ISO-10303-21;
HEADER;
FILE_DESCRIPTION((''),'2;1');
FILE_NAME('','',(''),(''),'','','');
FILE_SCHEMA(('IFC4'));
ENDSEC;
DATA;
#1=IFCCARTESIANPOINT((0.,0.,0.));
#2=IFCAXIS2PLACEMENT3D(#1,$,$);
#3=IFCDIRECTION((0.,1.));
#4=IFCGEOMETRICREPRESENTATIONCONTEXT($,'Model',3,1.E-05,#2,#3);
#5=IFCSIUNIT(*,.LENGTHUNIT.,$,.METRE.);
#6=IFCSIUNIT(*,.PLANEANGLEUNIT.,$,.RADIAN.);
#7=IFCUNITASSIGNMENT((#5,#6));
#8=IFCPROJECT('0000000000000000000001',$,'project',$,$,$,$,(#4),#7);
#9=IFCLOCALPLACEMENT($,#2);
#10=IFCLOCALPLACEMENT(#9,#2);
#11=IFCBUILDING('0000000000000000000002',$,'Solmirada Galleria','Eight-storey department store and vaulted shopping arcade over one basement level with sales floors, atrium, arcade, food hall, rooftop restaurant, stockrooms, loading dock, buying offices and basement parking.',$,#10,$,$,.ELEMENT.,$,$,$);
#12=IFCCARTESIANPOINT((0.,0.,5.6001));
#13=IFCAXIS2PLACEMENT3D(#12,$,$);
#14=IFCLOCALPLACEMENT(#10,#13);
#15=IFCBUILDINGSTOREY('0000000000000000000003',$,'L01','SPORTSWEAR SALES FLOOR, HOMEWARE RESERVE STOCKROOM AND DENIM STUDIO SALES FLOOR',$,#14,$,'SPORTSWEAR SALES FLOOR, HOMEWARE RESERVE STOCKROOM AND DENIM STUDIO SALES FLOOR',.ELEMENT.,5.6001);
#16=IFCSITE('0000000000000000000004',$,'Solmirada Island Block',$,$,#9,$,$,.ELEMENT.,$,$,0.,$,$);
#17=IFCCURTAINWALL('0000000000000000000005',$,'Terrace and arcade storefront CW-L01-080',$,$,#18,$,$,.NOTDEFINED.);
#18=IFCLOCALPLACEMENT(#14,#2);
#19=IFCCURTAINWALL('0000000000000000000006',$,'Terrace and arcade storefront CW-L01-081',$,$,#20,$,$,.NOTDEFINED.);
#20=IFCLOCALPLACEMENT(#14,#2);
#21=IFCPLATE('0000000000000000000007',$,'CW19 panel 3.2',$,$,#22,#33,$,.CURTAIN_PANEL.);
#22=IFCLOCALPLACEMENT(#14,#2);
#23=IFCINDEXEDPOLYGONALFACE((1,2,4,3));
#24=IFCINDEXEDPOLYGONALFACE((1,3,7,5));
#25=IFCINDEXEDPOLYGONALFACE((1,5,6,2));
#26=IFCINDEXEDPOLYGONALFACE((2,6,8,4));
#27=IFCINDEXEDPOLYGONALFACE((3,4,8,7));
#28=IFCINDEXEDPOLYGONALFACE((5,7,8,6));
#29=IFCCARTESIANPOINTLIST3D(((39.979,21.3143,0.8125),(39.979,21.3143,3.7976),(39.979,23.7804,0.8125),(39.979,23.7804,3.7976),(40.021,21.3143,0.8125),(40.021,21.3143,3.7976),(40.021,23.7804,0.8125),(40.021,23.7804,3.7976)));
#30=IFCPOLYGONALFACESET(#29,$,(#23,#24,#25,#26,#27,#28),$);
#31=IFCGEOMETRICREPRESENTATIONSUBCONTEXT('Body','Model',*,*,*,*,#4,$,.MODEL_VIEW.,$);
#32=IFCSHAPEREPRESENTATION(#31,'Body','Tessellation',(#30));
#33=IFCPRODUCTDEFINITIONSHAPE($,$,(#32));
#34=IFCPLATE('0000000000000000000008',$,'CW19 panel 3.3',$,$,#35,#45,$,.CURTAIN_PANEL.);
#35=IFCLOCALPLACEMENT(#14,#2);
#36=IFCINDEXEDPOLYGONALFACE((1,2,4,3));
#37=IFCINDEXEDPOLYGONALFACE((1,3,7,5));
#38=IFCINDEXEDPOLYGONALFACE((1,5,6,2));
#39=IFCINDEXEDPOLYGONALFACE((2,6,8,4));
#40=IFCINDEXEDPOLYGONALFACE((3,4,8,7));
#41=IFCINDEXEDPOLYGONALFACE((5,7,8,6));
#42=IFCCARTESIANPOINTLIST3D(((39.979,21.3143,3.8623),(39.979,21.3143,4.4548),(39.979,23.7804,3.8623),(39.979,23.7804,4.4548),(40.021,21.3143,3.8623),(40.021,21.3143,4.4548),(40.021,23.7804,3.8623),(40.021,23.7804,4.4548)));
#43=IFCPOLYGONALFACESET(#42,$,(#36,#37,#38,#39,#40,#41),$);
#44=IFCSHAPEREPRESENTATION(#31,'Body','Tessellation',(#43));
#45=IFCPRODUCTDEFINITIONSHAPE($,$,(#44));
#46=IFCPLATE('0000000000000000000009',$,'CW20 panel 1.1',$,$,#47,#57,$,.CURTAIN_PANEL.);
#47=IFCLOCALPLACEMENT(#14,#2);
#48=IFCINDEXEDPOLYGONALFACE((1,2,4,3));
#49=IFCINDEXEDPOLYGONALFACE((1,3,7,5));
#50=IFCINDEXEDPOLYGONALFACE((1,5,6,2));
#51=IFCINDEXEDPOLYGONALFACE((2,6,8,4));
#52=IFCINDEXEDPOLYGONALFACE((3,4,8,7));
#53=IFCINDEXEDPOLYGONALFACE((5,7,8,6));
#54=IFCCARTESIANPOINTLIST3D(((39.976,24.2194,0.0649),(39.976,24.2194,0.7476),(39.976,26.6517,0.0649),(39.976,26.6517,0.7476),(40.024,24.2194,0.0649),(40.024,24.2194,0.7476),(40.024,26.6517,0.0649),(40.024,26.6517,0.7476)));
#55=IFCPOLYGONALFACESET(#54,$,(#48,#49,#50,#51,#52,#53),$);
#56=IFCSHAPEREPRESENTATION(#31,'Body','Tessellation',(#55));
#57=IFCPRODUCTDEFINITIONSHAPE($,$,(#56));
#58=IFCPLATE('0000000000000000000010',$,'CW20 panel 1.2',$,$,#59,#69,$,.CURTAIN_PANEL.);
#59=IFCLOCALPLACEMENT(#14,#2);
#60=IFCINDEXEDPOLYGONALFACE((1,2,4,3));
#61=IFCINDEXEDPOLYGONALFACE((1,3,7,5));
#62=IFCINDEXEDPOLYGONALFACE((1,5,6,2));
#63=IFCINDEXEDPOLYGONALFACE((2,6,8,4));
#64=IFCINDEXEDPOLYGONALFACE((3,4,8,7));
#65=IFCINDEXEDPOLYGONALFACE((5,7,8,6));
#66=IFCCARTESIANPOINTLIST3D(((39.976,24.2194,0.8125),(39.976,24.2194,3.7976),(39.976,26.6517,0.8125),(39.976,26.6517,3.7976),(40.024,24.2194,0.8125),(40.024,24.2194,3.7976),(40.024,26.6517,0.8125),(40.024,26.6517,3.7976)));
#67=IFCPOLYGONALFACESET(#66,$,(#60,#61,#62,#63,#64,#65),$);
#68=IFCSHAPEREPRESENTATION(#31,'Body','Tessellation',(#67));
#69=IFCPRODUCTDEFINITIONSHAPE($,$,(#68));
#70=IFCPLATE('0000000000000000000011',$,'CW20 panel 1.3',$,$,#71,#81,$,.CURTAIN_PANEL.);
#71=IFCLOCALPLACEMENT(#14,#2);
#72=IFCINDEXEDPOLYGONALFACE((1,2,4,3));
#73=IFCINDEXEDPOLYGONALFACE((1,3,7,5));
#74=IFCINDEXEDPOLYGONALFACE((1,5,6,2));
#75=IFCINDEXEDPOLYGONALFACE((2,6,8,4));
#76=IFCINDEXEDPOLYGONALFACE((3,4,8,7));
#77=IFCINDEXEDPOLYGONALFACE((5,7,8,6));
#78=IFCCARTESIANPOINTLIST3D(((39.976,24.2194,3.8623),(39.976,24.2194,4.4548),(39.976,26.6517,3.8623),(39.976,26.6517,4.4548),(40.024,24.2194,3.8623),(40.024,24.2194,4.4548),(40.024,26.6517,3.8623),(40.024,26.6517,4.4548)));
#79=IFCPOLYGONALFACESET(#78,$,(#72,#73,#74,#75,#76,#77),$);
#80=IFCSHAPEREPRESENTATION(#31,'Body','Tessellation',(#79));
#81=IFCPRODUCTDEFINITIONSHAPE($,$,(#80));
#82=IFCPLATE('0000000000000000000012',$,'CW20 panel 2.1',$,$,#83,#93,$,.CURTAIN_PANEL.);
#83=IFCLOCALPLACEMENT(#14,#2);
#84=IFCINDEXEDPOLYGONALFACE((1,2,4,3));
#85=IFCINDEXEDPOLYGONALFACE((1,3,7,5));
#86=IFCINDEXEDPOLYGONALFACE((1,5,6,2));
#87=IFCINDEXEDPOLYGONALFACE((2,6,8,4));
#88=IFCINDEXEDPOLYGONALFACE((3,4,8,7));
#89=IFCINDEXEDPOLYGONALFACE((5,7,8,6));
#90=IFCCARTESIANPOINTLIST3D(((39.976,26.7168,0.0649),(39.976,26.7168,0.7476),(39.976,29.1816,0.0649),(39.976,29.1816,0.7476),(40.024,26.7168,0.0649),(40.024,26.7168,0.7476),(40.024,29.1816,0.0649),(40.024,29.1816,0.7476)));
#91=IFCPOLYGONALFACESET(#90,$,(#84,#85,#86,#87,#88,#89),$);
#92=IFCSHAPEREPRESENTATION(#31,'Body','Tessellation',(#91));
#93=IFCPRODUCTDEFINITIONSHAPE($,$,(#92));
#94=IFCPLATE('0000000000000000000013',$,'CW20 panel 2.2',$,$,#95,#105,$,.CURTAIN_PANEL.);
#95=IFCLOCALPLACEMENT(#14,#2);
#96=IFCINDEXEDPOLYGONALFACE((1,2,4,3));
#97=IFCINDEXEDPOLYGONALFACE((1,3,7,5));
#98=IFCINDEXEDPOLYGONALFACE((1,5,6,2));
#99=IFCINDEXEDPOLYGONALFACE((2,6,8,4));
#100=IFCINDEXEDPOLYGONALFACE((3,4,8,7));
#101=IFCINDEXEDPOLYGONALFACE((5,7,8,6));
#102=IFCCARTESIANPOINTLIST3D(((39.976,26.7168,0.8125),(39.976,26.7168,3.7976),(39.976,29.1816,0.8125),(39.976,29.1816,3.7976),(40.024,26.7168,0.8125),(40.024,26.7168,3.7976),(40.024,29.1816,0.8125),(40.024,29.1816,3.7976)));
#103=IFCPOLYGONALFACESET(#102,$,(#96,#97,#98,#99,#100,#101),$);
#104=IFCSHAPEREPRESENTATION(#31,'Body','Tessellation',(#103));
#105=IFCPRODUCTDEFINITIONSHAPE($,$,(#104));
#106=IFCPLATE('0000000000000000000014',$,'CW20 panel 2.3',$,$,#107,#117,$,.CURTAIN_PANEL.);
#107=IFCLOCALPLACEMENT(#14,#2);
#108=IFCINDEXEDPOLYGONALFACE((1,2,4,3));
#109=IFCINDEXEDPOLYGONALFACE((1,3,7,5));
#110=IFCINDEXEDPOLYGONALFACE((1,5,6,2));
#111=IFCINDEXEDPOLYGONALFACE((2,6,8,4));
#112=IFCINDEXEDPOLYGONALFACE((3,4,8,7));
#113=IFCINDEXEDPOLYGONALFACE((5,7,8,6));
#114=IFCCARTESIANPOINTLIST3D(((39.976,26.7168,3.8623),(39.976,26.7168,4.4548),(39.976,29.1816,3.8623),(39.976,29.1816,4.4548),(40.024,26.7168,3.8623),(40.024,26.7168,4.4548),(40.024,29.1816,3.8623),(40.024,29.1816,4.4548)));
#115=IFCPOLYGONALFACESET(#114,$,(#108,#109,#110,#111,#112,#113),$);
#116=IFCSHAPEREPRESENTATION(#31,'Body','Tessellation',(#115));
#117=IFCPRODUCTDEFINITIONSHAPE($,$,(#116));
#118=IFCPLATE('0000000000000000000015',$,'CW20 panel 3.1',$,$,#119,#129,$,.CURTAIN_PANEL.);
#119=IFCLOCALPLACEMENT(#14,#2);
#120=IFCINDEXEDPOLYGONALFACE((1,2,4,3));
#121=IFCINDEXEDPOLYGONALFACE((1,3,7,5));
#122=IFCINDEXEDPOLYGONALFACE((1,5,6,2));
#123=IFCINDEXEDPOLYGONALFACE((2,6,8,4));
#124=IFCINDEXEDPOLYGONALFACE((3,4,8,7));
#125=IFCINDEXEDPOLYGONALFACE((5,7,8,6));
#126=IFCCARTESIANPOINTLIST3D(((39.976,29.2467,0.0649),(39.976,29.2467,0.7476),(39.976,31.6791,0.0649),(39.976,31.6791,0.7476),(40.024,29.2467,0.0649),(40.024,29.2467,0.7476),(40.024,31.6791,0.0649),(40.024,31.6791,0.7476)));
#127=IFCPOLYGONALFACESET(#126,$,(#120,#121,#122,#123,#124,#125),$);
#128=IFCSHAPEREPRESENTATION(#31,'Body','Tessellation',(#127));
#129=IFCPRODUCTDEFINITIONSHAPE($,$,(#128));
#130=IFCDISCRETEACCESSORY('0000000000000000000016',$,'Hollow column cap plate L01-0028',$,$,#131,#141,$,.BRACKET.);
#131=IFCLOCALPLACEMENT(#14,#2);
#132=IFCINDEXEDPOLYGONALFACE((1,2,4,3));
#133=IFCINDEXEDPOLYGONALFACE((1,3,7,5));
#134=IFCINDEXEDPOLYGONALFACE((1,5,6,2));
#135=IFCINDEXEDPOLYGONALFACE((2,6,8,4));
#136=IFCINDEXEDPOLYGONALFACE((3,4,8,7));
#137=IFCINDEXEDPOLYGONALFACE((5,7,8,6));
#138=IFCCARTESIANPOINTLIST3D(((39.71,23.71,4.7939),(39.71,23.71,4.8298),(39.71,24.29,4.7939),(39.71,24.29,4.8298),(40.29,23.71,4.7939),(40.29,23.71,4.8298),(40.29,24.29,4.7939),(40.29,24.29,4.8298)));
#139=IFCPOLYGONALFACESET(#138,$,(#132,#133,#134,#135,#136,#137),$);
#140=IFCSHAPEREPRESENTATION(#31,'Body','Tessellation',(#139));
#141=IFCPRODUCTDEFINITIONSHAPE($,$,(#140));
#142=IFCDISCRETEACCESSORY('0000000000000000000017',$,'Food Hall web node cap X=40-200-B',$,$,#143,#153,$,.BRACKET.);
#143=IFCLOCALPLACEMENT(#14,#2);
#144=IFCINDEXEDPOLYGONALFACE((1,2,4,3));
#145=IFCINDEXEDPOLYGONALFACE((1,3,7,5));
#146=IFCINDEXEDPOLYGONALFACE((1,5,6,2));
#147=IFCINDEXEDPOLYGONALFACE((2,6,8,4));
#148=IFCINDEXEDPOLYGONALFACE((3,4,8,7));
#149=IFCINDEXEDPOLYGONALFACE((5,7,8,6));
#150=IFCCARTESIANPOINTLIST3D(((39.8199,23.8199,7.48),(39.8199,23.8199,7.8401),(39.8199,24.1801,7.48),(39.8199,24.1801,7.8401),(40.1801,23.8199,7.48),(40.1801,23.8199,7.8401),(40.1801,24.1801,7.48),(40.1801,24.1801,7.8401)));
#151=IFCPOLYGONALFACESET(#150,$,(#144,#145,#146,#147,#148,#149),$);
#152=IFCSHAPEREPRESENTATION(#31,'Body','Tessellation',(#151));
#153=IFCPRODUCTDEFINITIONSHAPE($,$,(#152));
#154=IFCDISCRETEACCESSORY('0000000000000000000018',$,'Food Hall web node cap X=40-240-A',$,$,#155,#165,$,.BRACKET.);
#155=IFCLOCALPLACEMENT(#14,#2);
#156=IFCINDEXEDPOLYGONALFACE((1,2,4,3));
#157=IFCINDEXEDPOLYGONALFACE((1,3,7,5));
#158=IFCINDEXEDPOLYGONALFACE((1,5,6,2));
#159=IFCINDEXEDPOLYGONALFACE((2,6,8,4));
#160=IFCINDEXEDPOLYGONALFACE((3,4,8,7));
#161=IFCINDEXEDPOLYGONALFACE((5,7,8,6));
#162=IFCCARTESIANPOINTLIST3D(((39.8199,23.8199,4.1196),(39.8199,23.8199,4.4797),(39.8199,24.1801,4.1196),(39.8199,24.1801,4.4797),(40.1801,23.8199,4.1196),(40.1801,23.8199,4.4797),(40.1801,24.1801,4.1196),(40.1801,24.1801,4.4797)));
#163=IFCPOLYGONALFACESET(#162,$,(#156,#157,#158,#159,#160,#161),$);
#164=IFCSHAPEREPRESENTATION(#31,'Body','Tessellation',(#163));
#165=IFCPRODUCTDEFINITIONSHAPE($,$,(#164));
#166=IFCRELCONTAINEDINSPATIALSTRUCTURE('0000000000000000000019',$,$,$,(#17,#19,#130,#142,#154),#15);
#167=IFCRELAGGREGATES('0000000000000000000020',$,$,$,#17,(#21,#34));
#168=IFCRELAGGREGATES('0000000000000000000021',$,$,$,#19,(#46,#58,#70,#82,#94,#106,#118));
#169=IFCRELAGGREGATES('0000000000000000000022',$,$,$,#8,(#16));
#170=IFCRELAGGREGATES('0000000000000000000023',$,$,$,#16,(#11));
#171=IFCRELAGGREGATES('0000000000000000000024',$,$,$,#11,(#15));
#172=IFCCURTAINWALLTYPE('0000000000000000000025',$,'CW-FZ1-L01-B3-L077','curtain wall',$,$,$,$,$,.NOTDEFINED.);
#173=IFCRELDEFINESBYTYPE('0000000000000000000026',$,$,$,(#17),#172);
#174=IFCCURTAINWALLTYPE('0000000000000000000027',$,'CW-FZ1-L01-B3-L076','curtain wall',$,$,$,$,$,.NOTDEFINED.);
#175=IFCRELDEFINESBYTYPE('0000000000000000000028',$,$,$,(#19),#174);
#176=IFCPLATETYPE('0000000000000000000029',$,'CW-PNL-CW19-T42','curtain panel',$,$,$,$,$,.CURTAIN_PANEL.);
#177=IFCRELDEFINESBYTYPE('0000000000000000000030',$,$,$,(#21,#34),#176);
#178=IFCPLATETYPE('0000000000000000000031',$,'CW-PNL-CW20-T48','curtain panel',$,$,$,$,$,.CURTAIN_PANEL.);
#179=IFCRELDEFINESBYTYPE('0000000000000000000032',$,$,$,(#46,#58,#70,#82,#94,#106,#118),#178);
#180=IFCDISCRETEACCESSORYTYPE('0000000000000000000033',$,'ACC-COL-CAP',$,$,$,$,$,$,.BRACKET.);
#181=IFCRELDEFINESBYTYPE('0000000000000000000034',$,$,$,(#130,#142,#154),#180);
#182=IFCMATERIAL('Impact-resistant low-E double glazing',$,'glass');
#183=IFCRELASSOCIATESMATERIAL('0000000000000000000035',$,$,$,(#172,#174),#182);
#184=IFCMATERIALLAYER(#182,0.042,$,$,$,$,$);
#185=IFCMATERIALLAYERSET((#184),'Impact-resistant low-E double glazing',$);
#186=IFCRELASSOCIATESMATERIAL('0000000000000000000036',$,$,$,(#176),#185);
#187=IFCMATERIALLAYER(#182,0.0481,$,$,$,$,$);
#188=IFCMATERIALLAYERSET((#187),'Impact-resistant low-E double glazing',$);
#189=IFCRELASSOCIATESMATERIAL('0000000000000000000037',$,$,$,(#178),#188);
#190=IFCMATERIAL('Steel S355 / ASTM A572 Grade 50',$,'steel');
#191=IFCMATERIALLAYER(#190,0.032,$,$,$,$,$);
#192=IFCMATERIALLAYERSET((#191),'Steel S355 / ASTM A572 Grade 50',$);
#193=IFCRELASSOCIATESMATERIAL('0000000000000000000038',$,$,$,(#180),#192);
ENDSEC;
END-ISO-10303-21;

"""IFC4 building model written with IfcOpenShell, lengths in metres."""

from ifc_helpers import new_model, si_unit, direction, frame, origin, origin_2d, place, context, subcontext, project, spatial, rectangle, extrude, material, layer, layer_set, type_object, element, aggregate, save


model = new_model("IFC4")

# Units and contexts
model_context = context("Model", 3, precision=1e-05, world=origin(), true_north=direction((0.0, 1.0)))
body_context = subcontext(model_context, "Body", "Model", "MODEL_VIEW")
ifc_project = project(units=[si_unit("LENGTHUNIT", "METRE"), si_unit("PLANEANGLEUNIT", "RADIAN")], contexts=[model_context])

# Site, building, storey
site_placement = place(None, origin())
site = spatial("IfcSite", under=ifc_project, at=site_placement, Name="Solmirada Island Block", CompositionType="ELEMENT", RefElevation=0.0)
building_placement = place(site_placement, origin())
building = spatial("IfcBuilding", under=site, at=building_placement, Name="Solmirada Galleria", Description="Eight-storey department store and vaulted shopping arcade over one basement level with sales floors, atrium, arcade, food hall, rooftop restaurant, stockrooms, loading dock, buying offices and basement parking.", CompositionType="ELEMENT")
storey_placement = place(building_placement, frame((0.0, 0.0, 5.6001)))
storey = spatial("IfcBuildingStorey", under=building, at=storey_placement, Name="L01", Description="SPORTSWEAR SALES FLOOR, HOMEWARE RESERVE STOCKROOM AND DENIM STUDIO SALES FLOOR", LongName="SPORTSWEAR SALES FLOOR, HOMEWARE RESERVE STOCKROOM AND DENIM STUDIO SALES FLOOR", CompositionType="ELEMENT", Elevation=5.6001)

# Curtain wall
ifc_material_1 = material(Name="Impact-resistant low-E double glazing", Category="glass")
curtain_wall_type_1 = type_object("IfcCurtainWallType", Name="CW-FZ1-L01-B3-L077", Description="curtain wall", PredefinedType="NOTDEFINED", material=ifc_material_1)
curtain_wall_1_placement = place(storey_placement, origin())
curtain_wall_1 = element("IfcCurtainWall", 1, at=curtain_wall_1_placement, inside=storey, type_object=curtain_wall_type_1, Name="Terrace and arcade storefront CW-L01-080", PredefinedType="NOTDEFINED")

# Curtain wall
curtain_wall_type_2 = type_object("IfcCurtainWallType", Name="CW-FZ1-L01-B3-L076", Description="curtain wall", PredefinedType="NOTDEFINED", material=ifc_material_1)
curtain_wall_2_placement = place(storey_placement, origin())
curtain_wall_2 = element("IfcCurtainWall", 2, at=curtain_wall_2_placement, inside=storey, type_object=curtain_wall_type_2, Name="Terrace and arcade storefront CW-L01-081", PredefinedType="NOTDEFINED")

# Plates
ifc_layer_1 = layer(ifc_material_1, 0.042)
ifc_layer_set_1 = layer_set([ifc_layer_1], Name="Impact-resistant low-E double glazing")
plate_type_1 = type_object("IfcPlateType", Name="CW-PNL-CW19-T42", Description="curtain panel", PredefinedType="CURTAIN_PANEL", material=ifc_layer_set_1)
plate_1_placement = place(storey_placement, frame((40.0, 22.5474, 0.8125), z_axis=(0.0, 0.0, 1.0), x_axis=(0.0, 1.0, 0.0)))
plate_1 = element("IfcPlate", 3, at=plate_1_placement, type_object=plate_type_1, Name="CW19 panel 3.2", PredefinedType="CURTAIN_PANEL", context=body_context, shape_type="SweptSolid", body=[
    extrude(rectangle(XDim=2.4661, YDim=0.042, at=origin_2d()), origin(), (0.0, 0.0, 1.0), 2.9851),
])
plate_2_placement = place(storey_placement, frame((40.0, 22.5474, 3.8623), z_axis=(0.0, 0.0, 1.0), x_axis=(0.0, 1.0, 0.0)))
plate_2 = element("IfcPlate", 4, at=plate_2_placement, type_object=plate_type_1, Name="CW19 panel 3.3", PredefinedType="CURTAIN_PANEL", context=body_context, shape_type="SweptSolid", body=[
    extrude(rectangle(XDim=2.4661, YDim=0.042, at=origin_2d()), origin(), (0.0, 0.0, 1.0), 0.5925),
])
aggregate(curtain_wall_1, [plate_1, plate_2])
ifc_layer_2 = layer(ifc_material_1, 0.0481)
ifc_layer_set_2 = layer_set([ifc_layer_2], Name="Impact-resistant low-E double glazing")
plate_type_2 = type_object("IfcPlateType", Name="CW-PNL-CW20-T48", Description="curtain panel", PredefinedType="CURTAIN_PANEL", material=ifc_layer_set_2)
plate_3_placement = place(storey_placement, frame((40.0, 25.4355, 0.0649), z_axis=(0.0, 0.0, 1.0), x_axis=(0.0, 1.0, 0.0)))
plate_3 = element("IfcPlate", 5, at=plate_3_placement, type_object=plate_type_2, Name="CW20 panel 1.1", PredefinedType="CURTAIN_PANEL", context=body_context, shape_type="SweptSolid", body=[
    extrude(rectangle(XDim=2.4324, YDim=0.0481, at=origin_2d()), origin(), (0.0, 0.0, 1.0), 0.6826),
])
plate_4_placement = place(storey_placement, frame((40.0, 25.4355, 0.8125), z_axis=(0.0, 0.0, 1.0), x_axis=(0.0, 1.0, 0.0)))
plate_4 = element("IfcPlate", 6, at=plate_4_placement, type_object=plate_type_2, Name="CW20 panel 1.2", PredefinedType="CURTAIN_PANEL", context=body_context, shape_type="SweptSolid", body=[
    extrude(rectangle(XDim=2.4324, YDim=0.0481, at=origin_2d()), origin(), (0.0, 0.0, 1.0), 2.9851),
])
plate_5_placement = place(storey_placement, frame((40.0, 25.4355, 3.8623), z_axis=(0.0, 0.0, 1.0), x_axis=(0.0, 1.0, 0.0)))
plate_5 = element("IfcPlate", 7, at=plate_5_placement, type_object=plate_type_2, Name="CW20 panel 1.3", PredefinedType="CURTAIN_PANEL", context=body_context, shape_type="SweptSolid", body=[
    extrude(rectangle(XDim=2.4324, YDim=0.0481, at=origin_2d()), origin(), (0.0, 0.0, 1.0), 0.5925),
])
plate_6_placement = place(storey_placement, frame((40.0, 27.9492, 0.0649), z_axis=(0.0, 0.0, 1.0), x_axis=(0.0, 1.0, 0.0)))
plate_6 = element("IfcPlate", 8, at=plate_6_placement, type_object=plate_type_2, Name="CW20 panel 2.1", PredefinedType="CURTAIN_PANEL", context=body_context, shape_type="SweptSolid", body=[
    extrude(rectangle(XDim=2.4648, YDim=0.0481, at=origin_2d()), origin(), (0.0, 0.0, 1.0), 0.6826),
])
plate_7_placement = place(storey_placement, frame((40.0, 27.9492, 0.8125), z_axis=(0.0, 0.0, 1.0), x_axis=(0.0, 1.0, 0.0)))
plate_7 = element("IfcPlate", 9, at=plate_7_placement, type_object=plate_type_2, Name="CW20 panel 2.2", PredefinedType="CURTAIN_PANEL", context=body_context, shape_type="SweptSolid", body=[
    extrude(rectangle(XDim=2.4648, YDim=0.0481, at=origin_2d()), origin(), (0.0, 0.0, 1.0), 2.9851),
])
plate_8_placement = place(storey_placement, frame((40.0, 27.9492, 3.8623), z_axis=(0.0, 0.0, 1.0), x_axis=(0.0, 1.0, 0.0)))
plate_8 = element("IfcPlate", 10, at=plate_8_placement, type_object=plate_type_2, Name="CW20 panel 2.3", PredefinedType="CURTAIN_PANEL", context=body_context, shape_type="SweptSolid", body=[
    extrude(rectangle(XDim=2.4648, YDim=0.0481, at=origin_2d()), origin(), (0.0, 0.0, 1.0), 0.5925),
])
plate_9_placement = place(storey_placement, frame((40.0, 30.4629, 0.0649), z_axis=(0.0, 0.0, 1.0), x_axis=(0.0, 1.0, 0.0)))
plate_9 = element("IfcPlate", 11, at=plate_9_placement, type_object=plate_type_2, Name="CW20 panel 3.1", PredefinedType="CURTAIN_PANEL", context=body_context, shape_type="SweptSolid", body=[
    extrude(rectangle(XDim=2.4324, YDim=0.0481, at=origin_2d()), origin(), (0.0, 0.0, 1.0), 0.6826),
])
aggregate(curtain_wall_2, [plate_3, plate_4, plate_5, plate_6, plate_7, plate_8, plate_9])

# Discrete accessories
ifc_material_2 = material(Name="Steel S355 / ASTM A572 Grade 50", Category="steel")
ifc_layer_3 = layer(ifc_material_2, 0.032)
ifc_layer_set_3 = layer_set([ifc_layer_3], Name="Steel S355 / ASTM A572 Grade 50")
discrete_accessory_type = type_object("IfcDiscreteAccessoryType", Name="ACC-COL-CAP", PredefinedType="BRACKET", material=ifc_layer_set_3)
discrete_accessory_placement = place(storey_placement, frame((40.0, 24.0, 4.7939), z_axis=(0.0, 0.0, 1.0), x_axis=(1.0, 0.0, 0.0)))
element("IfcDiscreteAccessory", 12, at=discrete_accessory_placement, inside=storey, type_object=discrete_accessory_type, Name="Hollow column cap plate L01-0028", PredefinedType="BRACKET", context=body_context, shape_type="SweptSolid", body=[
    extrude(rectangle(XDim=0.5801, YDim=0.5801, at=origin_2d()), origin(), (0.0, 0.0, 1.0), 0.0359),
])
for number, where, z_axis, x_axis, name in (
    (13, (40.0, 24.0, 7.48), (0.0, 0.0, 1.0), (1.0, 0.0, 0.0), "Food Hall web node cap X=40-200-B"),
    (14, (40.0, 24.0, 4.1196), (0.0, 0.0, 1.0), (1.0, 0.0, 0.0), "Food Hall web node cap X=40-240-A"),
):
    element("IfcDiscreteAccessory", number, at=place(storey_placement, frame(where, z_axis=z_axis, x_axis=x_axis)), inside=storey, type_object=discrete_accessory_type, Name=name, PredefinedType="BRACKET", context=body_context, shape_type="SweptSolid", body=[
        extrude(rectangle(XDim=0.3601, YDim=0.3601, at=origin_2d()), origin(), (0.0, 0.0, 1.0), 0.3601),
    ])

save(model, "model.ifc")
